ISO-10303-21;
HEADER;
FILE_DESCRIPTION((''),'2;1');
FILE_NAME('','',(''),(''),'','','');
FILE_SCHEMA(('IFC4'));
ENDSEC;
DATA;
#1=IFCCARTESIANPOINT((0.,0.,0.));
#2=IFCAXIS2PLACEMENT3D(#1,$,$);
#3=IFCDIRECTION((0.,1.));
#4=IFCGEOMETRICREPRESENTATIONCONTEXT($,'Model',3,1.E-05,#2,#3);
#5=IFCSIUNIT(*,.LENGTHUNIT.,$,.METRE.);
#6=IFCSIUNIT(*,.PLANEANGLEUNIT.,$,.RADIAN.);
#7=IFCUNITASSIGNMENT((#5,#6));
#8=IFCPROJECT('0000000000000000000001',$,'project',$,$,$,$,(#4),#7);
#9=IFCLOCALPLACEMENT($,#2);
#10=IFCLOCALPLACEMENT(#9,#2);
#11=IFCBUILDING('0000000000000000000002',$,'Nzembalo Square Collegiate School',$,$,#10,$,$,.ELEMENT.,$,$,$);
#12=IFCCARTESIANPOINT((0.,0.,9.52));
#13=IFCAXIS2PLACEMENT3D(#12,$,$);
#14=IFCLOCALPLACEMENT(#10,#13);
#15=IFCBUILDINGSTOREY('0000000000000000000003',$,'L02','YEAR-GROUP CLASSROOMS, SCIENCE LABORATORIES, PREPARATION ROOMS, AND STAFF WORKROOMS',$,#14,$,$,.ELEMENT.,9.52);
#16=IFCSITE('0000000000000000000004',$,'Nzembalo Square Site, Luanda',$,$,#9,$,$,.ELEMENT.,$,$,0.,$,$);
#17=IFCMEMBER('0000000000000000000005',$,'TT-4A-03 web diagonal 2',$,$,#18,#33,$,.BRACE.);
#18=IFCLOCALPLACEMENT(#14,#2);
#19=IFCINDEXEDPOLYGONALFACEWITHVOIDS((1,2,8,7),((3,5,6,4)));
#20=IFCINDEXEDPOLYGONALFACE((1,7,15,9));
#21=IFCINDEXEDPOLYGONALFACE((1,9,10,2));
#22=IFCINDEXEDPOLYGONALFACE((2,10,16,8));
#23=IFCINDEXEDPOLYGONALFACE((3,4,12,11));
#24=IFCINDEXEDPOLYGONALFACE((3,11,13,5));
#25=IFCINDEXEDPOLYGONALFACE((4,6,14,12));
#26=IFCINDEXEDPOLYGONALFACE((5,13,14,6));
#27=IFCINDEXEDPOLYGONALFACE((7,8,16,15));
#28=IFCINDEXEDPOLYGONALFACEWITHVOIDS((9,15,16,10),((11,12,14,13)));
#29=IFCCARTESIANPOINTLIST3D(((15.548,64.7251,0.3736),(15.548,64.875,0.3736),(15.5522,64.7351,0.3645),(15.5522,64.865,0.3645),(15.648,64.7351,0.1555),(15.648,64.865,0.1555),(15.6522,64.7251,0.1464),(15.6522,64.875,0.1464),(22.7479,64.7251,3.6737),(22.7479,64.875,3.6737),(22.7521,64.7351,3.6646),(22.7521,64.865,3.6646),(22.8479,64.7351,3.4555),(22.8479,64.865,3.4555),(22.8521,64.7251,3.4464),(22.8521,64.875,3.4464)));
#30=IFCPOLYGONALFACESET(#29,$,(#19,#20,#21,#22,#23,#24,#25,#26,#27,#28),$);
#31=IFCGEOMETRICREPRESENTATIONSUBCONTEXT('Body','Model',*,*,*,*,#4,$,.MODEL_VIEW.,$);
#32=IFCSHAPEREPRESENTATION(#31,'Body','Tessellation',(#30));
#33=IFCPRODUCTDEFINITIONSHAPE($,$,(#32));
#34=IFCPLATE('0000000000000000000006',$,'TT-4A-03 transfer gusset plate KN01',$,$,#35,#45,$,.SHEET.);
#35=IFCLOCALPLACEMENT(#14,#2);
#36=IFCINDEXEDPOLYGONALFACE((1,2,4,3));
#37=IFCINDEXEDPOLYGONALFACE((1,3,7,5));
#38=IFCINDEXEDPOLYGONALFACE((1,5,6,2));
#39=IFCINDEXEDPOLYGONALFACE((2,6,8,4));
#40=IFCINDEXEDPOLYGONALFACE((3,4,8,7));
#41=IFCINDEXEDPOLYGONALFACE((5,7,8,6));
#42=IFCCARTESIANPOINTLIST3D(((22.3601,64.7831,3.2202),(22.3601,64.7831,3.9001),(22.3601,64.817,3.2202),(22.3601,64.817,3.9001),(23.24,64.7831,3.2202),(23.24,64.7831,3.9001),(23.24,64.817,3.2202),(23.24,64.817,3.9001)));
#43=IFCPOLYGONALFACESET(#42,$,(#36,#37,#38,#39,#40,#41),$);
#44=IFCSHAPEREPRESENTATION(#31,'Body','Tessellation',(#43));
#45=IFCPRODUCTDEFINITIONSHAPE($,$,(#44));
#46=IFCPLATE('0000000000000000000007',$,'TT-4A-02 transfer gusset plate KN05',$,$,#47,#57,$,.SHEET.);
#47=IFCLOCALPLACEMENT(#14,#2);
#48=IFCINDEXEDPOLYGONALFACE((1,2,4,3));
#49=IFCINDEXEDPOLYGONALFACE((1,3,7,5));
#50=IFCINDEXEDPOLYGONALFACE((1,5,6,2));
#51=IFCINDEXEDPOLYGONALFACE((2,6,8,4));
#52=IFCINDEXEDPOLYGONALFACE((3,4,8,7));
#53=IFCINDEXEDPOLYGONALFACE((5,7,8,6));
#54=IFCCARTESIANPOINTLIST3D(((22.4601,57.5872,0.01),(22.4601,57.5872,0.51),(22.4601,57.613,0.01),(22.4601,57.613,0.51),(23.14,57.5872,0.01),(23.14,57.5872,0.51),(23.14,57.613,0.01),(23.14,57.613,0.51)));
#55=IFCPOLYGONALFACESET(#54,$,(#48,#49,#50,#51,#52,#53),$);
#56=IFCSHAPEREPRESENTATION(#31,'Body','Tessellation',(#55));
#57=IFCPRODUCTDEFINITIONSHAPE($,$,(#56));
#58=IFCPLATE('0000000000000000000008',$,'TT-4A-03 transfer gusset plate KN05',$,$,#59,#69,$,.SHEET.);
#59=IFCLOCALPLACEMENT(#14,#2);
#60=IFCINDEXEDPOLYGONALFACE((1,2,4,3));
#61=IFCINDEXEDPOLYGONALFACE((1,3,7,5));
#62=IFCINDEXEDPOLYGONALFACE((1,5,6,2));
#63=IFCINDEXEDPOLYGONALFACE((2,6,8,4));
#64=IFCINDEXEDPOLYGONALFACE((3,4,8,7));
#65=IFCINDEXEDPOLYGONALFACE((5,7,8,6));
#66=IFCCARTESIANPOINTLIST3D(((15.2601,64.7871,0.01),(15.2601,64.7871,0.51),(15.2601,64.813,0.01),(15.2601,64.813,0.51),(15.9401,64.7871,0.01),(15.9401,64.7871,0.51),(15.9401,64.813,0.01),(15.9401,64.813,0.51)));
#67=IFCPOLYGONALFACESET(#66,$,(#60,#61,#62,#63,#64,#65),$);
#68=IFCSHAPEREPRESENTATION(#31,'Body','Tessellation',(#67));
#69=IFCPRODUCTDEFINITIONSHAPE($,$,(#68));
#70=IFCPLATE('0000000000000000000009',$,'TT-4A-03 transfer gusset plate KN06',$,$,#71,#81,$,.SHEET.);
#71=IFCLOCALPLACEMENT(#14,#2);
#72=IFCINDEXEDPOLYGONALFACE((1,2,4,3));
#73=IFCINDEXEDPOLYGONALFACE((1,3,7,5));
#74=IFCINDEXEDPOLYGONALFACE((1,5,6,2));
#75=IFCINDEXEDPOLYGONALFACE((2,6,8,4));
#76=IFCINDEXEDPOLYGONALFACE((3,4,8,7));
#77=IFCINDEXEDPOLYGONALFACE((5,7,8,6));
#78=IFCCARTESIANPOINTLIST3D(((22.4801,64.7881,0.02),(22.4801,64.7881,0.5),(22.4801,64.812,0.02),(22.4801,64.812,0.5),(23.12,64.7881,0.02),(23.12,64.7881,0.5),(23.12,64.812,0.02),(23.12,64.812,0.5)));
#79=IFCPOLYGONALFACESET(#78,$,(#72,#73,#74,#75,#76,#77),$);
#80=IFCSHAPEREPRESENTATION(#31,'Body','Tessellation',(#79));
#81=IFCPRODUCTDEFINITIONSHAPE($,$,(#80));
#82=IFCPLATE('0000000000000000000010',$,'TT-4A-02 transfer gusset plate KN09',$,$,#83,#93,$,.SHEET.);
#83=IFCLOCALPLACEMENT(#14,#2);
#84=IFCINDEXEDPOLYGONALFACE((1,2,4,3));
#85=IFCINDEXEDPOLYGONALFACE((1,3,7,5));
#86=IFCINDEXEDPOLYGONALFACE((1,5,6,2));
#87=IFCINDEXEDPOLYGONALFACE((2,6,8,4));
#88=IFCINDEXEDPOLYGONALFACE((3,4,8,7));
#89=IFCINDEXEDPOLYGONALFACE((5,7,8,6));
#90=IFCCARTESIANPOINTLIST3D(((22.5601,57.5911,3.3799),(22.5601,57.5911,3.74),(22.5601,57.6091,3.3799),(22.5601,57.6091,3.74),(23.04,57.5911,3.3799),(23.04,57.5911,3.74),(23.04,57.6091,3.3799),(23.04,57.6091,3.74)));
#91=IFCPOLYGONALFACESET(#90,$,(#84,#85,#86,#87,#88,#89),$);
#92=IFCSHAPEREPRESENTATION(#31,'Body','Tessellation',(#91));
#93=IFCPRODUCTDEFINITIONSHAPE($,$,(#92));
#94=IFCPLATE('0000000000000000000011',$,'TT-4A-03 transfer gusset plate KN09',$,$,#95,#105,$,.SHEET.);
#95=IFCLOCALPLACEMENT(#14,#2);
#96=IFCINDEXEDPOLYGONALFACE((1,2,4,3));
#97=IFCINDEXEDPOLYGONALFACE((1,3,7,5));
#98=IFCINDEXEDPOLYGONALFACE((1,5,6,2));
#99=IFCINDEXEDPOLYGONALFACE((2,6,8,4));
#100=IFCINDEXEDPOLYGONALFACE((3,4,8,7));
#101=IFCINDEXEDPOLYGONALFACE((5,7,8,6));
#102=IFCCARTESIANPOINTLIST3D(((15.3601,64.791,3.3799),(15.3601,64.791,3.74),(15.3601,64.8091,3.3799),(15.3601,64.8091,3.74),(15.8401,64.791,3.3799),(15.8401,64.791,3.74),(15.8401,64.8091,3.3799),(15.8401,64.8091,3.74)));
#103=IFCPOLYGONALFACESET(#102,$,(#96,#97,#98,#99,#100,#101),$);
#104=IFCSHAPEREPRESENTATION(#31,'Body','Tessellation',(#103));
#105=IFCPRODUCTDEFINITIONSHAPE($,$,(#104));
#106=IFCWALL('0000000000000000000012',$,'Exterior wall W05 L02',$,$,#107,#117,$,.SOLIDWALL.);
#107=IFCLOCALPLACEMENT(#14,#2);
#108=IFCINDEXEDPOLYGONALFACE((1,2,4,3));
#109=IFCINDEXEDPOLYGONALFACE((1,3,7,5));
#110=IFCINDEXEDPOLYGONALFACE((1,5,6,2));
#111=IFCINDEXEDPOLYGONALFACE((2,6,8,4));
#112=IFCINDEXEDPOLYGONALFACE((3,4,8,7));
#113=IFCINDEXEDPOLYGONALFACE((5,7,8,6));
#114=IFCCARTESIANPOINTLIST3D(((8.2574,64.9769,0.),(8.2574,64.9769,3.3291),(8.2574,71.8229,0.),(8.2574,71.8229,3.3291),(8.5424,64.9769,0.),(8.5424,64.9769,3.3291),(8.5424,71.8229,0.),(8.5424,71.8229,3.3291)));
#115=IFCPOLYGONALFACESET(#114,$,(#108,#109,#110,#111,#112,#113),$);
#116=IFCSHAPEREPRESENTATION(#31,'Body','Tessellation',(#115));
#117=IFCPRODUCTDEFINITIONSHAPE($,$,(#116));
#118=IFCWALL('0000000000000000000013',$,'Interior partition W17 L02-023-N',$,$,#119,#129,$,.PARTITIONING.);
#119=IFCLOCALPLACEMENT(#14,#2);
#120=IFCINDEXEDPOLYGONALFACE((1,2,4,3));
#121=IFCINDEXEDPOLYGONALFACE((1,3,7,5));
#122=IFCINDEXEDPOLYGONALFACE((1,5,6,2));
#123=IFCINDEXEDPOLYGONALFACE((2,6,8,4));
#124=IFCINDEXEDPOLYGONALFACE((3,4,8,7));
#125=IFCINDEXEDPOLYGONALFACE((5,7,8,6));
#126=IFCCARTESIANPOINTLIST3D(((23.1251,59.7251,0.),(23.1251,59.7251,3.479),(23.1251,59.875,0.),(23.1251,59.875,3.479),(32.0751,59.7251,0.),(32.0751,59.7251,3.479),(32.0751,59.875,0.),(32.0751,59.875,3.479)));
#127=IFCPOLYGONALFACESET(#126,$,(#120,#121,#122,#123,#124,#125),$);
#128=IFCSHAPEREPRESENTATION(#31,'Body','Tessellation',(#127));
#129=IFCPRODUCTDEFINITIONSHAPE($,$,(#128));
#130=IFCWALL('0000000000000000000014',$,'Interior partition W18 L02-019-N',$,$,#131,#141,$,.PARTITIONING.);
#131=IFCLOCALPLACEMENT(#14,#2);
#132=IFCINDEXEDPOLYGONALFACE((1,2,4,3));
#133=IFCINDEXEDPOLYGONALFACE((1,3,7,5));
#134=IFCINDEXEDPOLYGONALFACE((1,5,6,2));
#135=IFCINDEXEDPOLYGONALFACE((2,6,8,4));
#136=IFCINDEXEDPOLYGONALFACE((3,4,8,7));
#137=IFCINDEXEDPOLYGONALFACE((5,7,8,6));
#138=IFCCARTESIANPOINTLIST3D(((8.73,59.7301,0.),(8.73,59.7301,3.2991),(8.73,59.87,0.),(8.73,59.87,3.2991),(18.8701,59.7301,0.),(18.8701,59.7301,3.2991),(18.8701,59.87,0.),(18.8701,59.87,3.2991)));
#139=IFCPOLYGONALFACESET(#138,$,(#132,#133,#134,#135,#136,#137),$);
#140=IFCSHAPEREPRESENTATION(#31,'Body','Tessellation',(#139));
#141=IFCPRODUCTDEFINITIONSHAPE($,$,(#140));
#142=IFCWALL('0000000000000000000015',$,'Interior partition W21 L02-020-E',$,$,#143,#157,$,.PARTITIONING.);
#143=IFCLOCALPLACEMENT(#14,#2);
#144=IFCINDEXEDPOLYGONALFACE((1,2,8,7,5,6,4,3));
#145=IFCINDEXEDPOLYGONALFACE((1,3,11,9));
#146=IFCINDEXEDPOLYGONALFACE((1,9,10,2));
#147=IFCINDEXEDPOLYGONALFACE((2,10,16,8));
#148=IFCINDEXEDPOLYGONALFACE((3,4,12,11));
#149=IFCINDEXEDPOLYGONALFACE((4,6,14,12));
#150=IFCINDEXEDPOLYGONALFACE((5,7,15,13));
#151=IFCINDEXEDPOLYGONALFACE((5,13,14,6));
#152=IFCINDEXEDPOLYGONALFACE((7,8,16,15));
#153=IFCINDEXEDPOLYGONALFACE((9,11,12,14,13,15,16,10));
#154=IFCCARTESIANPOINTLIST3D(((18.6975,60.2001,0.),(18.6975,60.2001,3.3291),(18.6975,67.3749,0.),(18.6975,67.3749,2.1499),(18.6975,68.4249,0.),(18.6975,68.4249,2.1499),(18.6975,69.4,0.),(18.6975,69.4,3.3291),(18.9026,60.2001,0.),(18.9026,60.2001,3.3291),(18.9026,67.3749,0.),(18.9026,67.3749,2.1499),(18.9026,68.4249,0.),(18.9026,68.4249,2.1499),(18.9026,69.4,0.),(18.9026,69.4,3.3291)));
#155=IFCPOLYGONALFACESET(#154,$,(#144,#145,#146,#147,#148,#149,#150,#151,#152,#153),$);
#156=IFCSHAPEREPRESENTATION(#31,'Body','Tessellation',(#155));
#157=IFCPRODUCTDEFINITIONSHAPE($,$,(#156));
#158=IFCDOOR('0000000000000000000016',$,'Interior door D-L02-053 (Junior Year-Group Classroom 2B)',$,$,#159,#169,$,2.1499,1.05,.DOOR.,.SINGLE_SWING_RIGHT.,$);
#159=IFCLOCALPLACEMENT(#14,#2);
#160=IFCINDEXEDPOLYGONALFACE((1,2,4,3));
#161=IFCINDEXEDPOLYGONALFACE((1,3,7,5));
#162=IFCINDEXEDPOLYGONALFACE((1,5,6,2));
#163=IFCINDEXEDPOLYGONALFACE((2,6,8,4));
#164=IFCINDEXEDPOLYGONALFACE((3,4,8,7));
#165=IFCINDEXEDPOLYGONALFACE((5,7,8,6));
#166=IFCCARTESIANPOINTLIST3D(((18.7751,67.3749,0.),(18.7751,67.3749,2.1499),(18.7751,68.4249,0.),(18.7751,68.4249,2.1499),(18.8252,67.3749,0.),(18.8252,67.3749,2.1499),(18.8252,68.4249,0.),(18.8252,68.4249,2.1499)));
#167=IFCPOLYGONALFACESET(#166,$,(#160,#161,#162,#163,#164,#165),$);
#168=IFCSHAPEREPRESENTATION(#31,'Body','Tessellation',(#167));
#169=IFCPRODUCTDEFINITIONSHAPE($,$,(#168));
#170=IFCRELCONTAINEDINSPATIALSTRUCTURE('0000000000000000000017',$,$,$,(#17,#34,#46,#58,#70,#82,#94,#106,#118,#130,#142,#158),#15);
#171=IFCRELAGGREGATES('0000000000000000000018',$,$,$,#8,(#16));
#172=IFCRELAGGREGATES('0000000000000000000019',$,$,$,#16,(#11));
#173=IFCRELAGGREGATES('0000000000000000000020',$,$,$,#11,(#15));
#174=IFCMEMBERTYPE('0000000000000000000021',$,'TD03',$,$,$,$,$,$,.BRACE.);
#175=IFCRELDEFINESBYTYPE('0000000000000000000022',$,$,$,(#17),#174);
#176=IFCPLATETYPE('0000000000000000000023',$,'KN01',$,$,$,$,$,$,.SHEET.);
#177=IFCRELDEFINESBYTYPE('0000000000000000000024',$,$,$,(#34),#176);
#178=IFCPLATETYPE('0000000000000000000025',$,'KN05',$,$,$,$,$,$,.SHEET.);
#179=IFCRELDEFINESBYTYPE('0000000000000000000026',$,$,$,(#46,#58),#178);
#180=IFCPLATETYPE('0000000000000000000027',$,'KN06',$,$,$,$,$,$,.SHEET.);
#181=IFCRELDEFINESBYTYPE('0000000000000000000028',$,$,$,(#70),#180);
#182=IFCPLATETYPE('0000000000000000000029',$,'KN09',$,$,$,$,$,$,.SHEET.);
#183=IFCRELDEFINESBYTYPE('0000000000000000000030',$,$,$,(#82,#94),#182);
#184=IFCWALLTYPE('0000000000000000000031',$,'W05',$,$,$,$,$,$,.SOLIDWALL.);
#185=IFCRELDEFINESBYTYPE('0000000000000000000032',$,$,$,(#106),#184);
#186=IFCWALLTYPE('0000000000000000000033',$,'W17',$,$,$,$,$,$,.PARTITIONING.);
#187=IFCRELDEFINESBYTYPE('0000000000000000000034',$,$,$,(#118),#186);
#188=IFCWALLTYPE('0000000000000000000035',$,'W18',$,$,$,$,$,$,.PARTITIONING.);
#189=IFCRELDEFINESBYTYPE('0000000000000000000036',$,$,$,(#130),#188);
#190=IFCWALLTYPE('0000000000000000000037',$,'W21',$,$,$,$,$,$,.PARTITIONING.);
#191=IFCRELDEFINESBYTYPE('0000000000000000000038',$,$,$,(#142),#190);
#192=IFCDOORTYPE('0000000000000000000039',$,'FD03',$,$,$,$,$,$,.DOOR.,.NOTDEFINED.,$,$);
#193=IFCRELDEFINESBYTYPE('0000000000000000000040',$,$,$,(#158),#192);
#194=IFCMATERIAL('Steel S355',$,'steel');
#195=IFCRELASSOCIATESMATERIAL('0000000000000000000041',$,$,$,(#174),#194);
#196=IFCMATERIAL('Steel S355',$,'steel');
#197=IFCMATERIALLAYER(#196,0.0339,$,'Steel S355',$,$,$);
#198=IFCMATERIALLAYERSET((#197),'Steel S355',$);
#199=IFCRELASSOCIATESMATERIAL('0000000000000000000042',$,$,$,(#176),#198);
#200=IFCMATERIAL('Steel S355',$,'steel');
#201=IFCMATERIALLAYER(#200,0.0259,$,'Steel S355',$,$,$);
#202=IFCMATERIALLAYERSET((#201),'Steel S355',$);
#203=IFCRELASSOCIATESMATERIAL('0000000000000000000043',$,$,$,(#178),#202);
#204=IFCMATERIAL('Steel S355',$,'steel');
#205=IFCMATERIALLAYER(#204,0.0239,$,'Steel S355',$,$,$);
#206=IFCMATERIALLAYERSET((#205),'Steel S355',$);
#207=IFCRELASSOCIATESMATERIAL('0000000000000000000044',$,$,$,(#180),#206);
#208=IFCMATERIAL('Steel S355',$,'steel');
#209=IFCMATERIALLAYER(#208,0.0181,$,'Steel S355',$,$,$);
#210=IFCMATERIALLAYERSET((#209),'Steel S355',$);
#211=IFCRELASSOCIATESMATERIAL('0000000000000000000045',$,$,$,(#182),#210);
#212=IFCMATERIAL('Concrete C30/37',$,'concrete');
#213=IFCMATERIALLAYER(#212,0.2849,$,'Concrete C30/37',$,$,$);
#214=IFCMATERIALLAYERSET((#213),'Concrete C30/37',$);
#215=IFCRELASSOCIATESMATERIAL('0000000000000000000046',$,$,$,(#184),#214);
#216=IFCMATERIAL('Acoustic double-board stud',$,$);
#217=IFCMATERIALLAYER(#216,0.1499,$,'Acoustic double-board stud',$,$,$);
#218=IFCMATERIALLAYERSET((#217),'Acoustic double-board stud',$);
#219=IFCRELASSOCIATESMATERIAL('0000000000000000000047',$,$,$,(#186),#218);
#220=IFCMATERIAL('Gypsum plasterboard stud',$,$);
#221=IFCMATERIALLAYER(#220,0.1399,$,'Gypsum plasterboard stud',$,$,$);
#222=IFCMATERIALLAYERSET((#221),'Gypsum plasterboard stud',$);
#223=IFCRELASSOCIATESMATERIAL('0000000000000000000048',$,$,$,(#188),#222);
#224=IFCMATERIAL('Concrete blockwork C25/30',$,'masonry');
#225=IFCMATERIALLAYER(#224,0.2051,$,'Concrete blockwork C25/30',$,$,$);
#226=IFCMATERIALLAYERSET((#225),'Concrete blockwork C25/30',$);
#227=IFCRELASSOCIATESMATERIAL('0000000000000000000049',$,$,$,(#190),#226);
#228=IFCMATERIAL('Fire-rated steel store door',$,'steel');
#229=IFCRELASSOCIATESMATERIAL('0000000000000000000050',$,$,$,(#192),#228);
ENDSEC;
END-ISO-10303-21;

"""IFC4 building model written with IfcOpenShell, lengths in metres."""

from ifc_helpers import new_model, si_unit, direction, frame, frame_2d, origin, origin_2d, place, context, subcontext, project, spatial, rectangle, hollow_rectangle, extrude, material, layer, layer_set, material_profile, profile_set, type_object, element, fill, save


model = new_model("IFC4")

# Units and contexts
model_context = context("Model", 3, precision=1e-05, world=origin(), true_north=direction((0.0, 1.0)))
body_context = subcontext(model_context, "Body", "Model", "MODEL_VIEW")
ifc_project = project(units=[si_unit("LENGTHUNIT", "METRE"), si_unit("PLANEANGLEUNIT", "RADIAN")], contexts=[model_context])

# Site, building, storey
site_placement = place(None, origin())
site = spatial("IfcSite", under=ifc_project, at=site_placement, Name="Nzembalo Square Site, Luanda", CompositionType="ELEMENT", RefElevation=0.0)
building_placement = place(site_placement, origin())
building = spatial("IfcBuilding", under=site, at=building_placement, Name="Nzembalo Square Collegiate School", CompositionType="ELEMENT")
storey_placement = place(building_placement, frame((0.0, 0.0, 9.52)))
storey = spatial("IfcBuildingStorey", under=building, at=storey_placement, Name="L02", Description="YEAR-GROUP CLASSROOMS, SCIENCE LABORATORIES, PREPARATION ROOMS, AND STAFF WORKROOMS", CompositionType="ELEMENT", Elevation=9.52)

# Member
ifc_material_1 = material(Name="Steel S355", Category="steel")
ifc_material_profile_1 = material_profile(ifc_material_1, hollow_rectangle(XDim=0.1499, YDim=0.25, WallThickness=0.01, at=origin_2d()), Name="RHS 250x150x10")
ifc_profile_set_1 = profile_set([ifc_material_profile_1], Name="Steel S355")
member_type_1 = type_object("IfcMemberType", Name="TD03", PredefinedType="BRACE", material=ifc_profile_set_1)
member_1_placement = place(storey_placement, frame((15.6001, 64.8, 0.26), z_axis=(0.909061, 0.0, 0.416662), x_axis=(0.0, 1.0, 0.0)))
element("IfcMember", 1, at=member_1_placement, inside=storey, type_object=member_type_1, Name="TT-4A-03 web diagonal 2", PredefinedType="BRACE", context=body_context, shape_type="SweptSolid", body=[
    extrude(hollow_rectangle(XDim=0.1499, YDim=0.25, WallThickness=0.01, at=origin_2d()), origin(), (0.0, 0.0, 1.0), 7.9202),
])

# Plates
ifc_material_2 = material(Name="Steel S355", Category="steel")
ifc_layer_1 = layer(ifc_material_2, 0.0339, Name="Steel S355")
ifc_layer_set_1 = layer_set([ifc_layer_1], Name="Steel S355")
plate_type_1 = type_object("IfcPlateType", Name="KN01", PredefinedType="SHEET", material=ifc_layer_set_1)
plate_1_placement = place(storey_placement, frame((22.8, 64.8, 3.2202), z_axis=(0.0, 0.0, 1.0), x_axis=(1.0, 0.0, 0.0)))
element("IfcPlate", 2, at=plate_1_placement, inside=storey, type_object=plate_type_1, Name="TT-4A-03 transfer gusset plate KN01", PredefinedType="SHEET", context=body_context, shape_type="SweptSolid", body=[
    extrude(rectangle(XDim=0.8799, YDim=0.0339, at=origin_2d()), origin(), (0.0, 0.0, 1.0), 0.6799),
])
ifc_material_3 = material(Name="Steel S355", Category="steel")
ifc_layer_2 = layer(ifc_material_3, 0.0259, Name="Steel S355")
ifc_layer_set_2 = layer_set([ifc_layer_2], Name="Steel S355")
plate_type_2 = type_object("IfcPlateType", Name="KN05", PredefinedType="SHEET", material=ifc_layer_set_2)
for number, where, z_axis, x_axis, name in (
    (3, (22.8, 57.6001, 0.01), (0.0, 0.0, 1.0), (1.0, 0.0, 0.0), "TT-4A-02 transfer gusset plate KN05"),
    (4, (15.6001, 64.8, 0.01), (0.0, 0.0, 1.0), (1.0, 0.0, 0.0), "TT-4A-03 transfer gusset plate KN05"),
):
    element("IfcPlate", number, at=place(storey_placement, frame(where, z_axis=z_axis, x_axis=x_axis)), inside=storey, type_object=plate_type_2, Name=name, PredefinedType="SHEET", context=body_context, shape_type="SweptSolid", body=[
        extrude(rectangle(XDim=0.6799, YDim=0.0259, at=origin_2d()), origin(), (0.0, 0.0, 1.0), 0.5),
    ])
ifc_material_4 = material(Name="Steel S355", Category="steel")
ifc_layer_3 = layer(ifc_material_4, 0.0239, Name="Steel S355")
ifc_layer_set_3 = layer_set([ifc_layer_3], Name="Steel S355")
plate_type_3 = type_object("IfcPlateType", Name="KN06", PredefinedType="SHEET", material=ifc_layer_set_3)
plate_2_placement = place(storey_placement, frame((22.8, 64.8, 0.02), z_axis=(0.0, 0.0, 1.0), x_axis=(1.0, 0.0, 0.0)))
element("IfcPlate", 5, at=plate_2_placement, inside=storey, type_object=plate_type_3, Name="TT-4A-03 transfer gusset plate KN06", PredefinedType="SHEET", context=body_context, shape_type="SweptSolid", body=[
    extrude(rectangle(XDim=0.6399, YDim=0.0239, at=origin_2d()), origin(), (0.0, 0.0, 1.0), 0.48),
])
ifc_material_5 = material(Name="Steel S355", Category="steel")
ifc_layer_4 = layer(ifc_material_5, 0.0181, Name="Steel S355")
ifc_layer_set_4 = layer_set([ifc_layer_4], Name="Steel S355")
plate_type_4 = type_object("IfcPlateType", Name="KN09", PredefinedType="SHEET", material=ifc_layer_set_4)
for number, where, z_axis, x_axis, name in (
    (6, (22.8, 57.6001, 3.3799), (0.0, 0.0, 1.0), (1.0, 0.0, 0.0), "TT-4A-02 transfer gusset plate KN09"),
    (7, (15.6001, 64.8, 3.3799), (0.0, 0.0, 1.0), (1.0, 0.0, 0.0), "TT-4A-03 transfer gusset plate KN09"),
):
    element("IfcPlate", number, at=place(storey_placement, frame(where, z_axis=z_axis, x_axis=x_axis)), inside=storey, type_object=plate_type_4, Name=name, PredefinedType="SHEET", context=body_context, shape_type="SweptSolid", body=[
        extrude(rectangle(XDim=0.48, YDim=0.0181, at=origin_2d()), origin(), (0.0, 0.0, 1.0), 0.3601),
    ])

# Walls
ifc_material_6 = material(Name="Concrete C30/37", Category="concrete")
ifc_layer_5 = layer(ifc_material_6, 0.2849, Name="Concrete C30/37")
ifc_layer_set_5 = layer_set([ifc_layer_5], Name="Concrete C30/37")
wall_type_1 = type_object("IfcWallType", Name="W05", PredefinedType="SOLIDWALL", material=ifc_layer_set_5)
wall_1_placement = place(storey_placement, frame((8.3999, 64.9771, 0.0), z_axis=(0.0, 0.0, 1.0), x_axis=(0.0, 1.0, 0.0)))
element("IfcWall", 8, at=wall_1_placement, inside=storey, type_object=wall_type_1, Name="Exterior wall W05 L02", PredefinedType="SOLIDWALL", context=body_context, shape_type="SweptSolid", body=[
    extrude(rectangle(XDim=6.8459, YDim=0.2849, at=frame_2d((3.4229, 0.0))), origin(), (0.0, 0.0, 1.0), 3.3291),
])
ifc_material_7 = material(Name="Acoustic double-board stud")
ifc_layer_6 = layer(ifc_material_7, 0.1499, Name="Acoustic double-board stud")
ifc_layer_set_6 = layer_set([ifc_layer_6], Name="Acoustic double-board stud")
wall_type_2 = type_object("IfcWallType", Name="W17", PredefinedType="PARTITIONING", material=ifc_layer_set_6)
wall_2_placement = place(storey_placement, frame((23.125, 59.8, 0.0), z_axis=(0.0, 0.0, 1.0), x_axis=(1.0, 0.0, 0.0)))
element("IfcWall", 9, at=wall_2_placement, inside=storey, type_object=wall_type_2, Name="Interior partition W17 L02-023-N", PredefinedType="PARTITIONING", context=body_context, shape_type="SweptSolid", body=[
    extrude(rectangle(XDim=8.95, YDim=0.1499, at=frame_2d((4.4751, 0.0))), origin(), (0.0, 0.0, 1.0), 3.479),
])
ifc_material_8 = material(Name="Gypsum plasterboard stud")
ifc_layer_7 = layer(ifc_material_8, 0.1399, Name="Gypsum plasterboard stud")
ifc_layer_set_7 = layer_set([ifc_layer_7], Name="Gypsum plasterboard stud")
wall_type_3 = type_object("IfcWallType", Name="W18", PredefinedType="PARTITIONING", material=ifc_layer_set_7)
wall_3_placement = place(storey_placement, frame((8.73, 59.8, 0.0), z_axis=(0.0, 0.0, 1.0), x_axis=(1.0, 0.0, 0.0)))
element("IfcWall", 10, at=wall_3_placement, inside=storey, type_object=wall_type_3, Name="Interior partition W18 L02-019-N", PredefinedType="PARTITIONING", context=body_context, shape_type="SweptSolid", body=[
    extrude(rectangle(XDim=10.1401, YDim=0.1399, at=frame_2d((5.0701, 0.0))), origin(), (0.0, 0.0, 1.0), 3.2991),
])

# Wall, opening, door
ifc_material_9 = material(Name="Concrete blockwork C25/30", Category="masonry")
ifc_layer_8 = layer(ifc_material_9, 0.2051, Name="Concrete blockwork C25/30")
ifc_layer_set_8 = layer_set([ifc_layer_8], Name="Concrete blockwork C25/30")
wall_type_4 = type_object("IfcWallType", Name="W21", PredefinedType="PARTITIONING", material=ifc_layer_set_8)
wall_4_placement = place(storey_placement, frame((18.8, 60.2, 0.0), z_axis=(0.0, 0.0, 1.0), x_axis=(0.0, 1.0, 0.0)))
wall_4 = element("IfcWall", 11, at=wall_4_placement, inside=storey, type_object=wall_type_4, Name="Interior partition W21 L02-020-E", PredefinedType="PARTITIONING", context=body_context, shape_type="SweptSolid", body=[
    extrude(rectangle(XDim=9.2, YDim=0.2051, at=frame_2d((4.6001, 0.0))), origin(), (0.0, 0.0, 1.0), 3.3291),
])
opening_placement = place(wall_4_placement, frame((7.175, 0.0, 0.0)))
opening = element("IfcOpeningElement", 12, at=opening_placement, cuts=wall_4, PredefinedType="OPENING", context=body_context, shape_type="SweptSolid", body=[
    extrude(rectangle(XDim=1.05, YDim=2.1499, at=frame_2d((0.5249, 1.075))), frame((0.0, 0.1125, 0.0), z_axis=(0.0, -1.0, 0.0), x_axis=(1.0, 0.0, 0.0)), (0.0, 0.0, 1.0), 0.2251),
])
ifc_material_10 = material(Name="Fire-rated steel store door", Category="steel")
door_type = type_object("IfcDoorType", Name="FD03", OperationType="NOTDEFINED", PredefinedType="DOOR", material=ifc_material_10)
door_placement = place(opening_placement, origin())
door = element("IfcDoor", 13, at=door_placement, inside=storey, type_object=door_type, Name="Interior door D-L02-053 (Junior Year-Group Classroom 2B)", OperationType="SINGLE_SWING_RIGHT", OverallHeight=2.1499, OverallWidth=1.05, PredefinedType="DOOR", context=body_context, shape_type="SweptSolid", body=[
    extrude(rectangle(XDim=1.05, YDim=2.1499, at=frame_2d((0.5249, 1.075))), frame((0.0, 0.0249, 0.0), z_axis=(0.0, -1.0, 0.0), x_axis=(1.0, 0.0, 0.0)), (0.0, 0.0, 1.0), 0.05),
])
fill(opening, door)

save(model, "model.ifc")
